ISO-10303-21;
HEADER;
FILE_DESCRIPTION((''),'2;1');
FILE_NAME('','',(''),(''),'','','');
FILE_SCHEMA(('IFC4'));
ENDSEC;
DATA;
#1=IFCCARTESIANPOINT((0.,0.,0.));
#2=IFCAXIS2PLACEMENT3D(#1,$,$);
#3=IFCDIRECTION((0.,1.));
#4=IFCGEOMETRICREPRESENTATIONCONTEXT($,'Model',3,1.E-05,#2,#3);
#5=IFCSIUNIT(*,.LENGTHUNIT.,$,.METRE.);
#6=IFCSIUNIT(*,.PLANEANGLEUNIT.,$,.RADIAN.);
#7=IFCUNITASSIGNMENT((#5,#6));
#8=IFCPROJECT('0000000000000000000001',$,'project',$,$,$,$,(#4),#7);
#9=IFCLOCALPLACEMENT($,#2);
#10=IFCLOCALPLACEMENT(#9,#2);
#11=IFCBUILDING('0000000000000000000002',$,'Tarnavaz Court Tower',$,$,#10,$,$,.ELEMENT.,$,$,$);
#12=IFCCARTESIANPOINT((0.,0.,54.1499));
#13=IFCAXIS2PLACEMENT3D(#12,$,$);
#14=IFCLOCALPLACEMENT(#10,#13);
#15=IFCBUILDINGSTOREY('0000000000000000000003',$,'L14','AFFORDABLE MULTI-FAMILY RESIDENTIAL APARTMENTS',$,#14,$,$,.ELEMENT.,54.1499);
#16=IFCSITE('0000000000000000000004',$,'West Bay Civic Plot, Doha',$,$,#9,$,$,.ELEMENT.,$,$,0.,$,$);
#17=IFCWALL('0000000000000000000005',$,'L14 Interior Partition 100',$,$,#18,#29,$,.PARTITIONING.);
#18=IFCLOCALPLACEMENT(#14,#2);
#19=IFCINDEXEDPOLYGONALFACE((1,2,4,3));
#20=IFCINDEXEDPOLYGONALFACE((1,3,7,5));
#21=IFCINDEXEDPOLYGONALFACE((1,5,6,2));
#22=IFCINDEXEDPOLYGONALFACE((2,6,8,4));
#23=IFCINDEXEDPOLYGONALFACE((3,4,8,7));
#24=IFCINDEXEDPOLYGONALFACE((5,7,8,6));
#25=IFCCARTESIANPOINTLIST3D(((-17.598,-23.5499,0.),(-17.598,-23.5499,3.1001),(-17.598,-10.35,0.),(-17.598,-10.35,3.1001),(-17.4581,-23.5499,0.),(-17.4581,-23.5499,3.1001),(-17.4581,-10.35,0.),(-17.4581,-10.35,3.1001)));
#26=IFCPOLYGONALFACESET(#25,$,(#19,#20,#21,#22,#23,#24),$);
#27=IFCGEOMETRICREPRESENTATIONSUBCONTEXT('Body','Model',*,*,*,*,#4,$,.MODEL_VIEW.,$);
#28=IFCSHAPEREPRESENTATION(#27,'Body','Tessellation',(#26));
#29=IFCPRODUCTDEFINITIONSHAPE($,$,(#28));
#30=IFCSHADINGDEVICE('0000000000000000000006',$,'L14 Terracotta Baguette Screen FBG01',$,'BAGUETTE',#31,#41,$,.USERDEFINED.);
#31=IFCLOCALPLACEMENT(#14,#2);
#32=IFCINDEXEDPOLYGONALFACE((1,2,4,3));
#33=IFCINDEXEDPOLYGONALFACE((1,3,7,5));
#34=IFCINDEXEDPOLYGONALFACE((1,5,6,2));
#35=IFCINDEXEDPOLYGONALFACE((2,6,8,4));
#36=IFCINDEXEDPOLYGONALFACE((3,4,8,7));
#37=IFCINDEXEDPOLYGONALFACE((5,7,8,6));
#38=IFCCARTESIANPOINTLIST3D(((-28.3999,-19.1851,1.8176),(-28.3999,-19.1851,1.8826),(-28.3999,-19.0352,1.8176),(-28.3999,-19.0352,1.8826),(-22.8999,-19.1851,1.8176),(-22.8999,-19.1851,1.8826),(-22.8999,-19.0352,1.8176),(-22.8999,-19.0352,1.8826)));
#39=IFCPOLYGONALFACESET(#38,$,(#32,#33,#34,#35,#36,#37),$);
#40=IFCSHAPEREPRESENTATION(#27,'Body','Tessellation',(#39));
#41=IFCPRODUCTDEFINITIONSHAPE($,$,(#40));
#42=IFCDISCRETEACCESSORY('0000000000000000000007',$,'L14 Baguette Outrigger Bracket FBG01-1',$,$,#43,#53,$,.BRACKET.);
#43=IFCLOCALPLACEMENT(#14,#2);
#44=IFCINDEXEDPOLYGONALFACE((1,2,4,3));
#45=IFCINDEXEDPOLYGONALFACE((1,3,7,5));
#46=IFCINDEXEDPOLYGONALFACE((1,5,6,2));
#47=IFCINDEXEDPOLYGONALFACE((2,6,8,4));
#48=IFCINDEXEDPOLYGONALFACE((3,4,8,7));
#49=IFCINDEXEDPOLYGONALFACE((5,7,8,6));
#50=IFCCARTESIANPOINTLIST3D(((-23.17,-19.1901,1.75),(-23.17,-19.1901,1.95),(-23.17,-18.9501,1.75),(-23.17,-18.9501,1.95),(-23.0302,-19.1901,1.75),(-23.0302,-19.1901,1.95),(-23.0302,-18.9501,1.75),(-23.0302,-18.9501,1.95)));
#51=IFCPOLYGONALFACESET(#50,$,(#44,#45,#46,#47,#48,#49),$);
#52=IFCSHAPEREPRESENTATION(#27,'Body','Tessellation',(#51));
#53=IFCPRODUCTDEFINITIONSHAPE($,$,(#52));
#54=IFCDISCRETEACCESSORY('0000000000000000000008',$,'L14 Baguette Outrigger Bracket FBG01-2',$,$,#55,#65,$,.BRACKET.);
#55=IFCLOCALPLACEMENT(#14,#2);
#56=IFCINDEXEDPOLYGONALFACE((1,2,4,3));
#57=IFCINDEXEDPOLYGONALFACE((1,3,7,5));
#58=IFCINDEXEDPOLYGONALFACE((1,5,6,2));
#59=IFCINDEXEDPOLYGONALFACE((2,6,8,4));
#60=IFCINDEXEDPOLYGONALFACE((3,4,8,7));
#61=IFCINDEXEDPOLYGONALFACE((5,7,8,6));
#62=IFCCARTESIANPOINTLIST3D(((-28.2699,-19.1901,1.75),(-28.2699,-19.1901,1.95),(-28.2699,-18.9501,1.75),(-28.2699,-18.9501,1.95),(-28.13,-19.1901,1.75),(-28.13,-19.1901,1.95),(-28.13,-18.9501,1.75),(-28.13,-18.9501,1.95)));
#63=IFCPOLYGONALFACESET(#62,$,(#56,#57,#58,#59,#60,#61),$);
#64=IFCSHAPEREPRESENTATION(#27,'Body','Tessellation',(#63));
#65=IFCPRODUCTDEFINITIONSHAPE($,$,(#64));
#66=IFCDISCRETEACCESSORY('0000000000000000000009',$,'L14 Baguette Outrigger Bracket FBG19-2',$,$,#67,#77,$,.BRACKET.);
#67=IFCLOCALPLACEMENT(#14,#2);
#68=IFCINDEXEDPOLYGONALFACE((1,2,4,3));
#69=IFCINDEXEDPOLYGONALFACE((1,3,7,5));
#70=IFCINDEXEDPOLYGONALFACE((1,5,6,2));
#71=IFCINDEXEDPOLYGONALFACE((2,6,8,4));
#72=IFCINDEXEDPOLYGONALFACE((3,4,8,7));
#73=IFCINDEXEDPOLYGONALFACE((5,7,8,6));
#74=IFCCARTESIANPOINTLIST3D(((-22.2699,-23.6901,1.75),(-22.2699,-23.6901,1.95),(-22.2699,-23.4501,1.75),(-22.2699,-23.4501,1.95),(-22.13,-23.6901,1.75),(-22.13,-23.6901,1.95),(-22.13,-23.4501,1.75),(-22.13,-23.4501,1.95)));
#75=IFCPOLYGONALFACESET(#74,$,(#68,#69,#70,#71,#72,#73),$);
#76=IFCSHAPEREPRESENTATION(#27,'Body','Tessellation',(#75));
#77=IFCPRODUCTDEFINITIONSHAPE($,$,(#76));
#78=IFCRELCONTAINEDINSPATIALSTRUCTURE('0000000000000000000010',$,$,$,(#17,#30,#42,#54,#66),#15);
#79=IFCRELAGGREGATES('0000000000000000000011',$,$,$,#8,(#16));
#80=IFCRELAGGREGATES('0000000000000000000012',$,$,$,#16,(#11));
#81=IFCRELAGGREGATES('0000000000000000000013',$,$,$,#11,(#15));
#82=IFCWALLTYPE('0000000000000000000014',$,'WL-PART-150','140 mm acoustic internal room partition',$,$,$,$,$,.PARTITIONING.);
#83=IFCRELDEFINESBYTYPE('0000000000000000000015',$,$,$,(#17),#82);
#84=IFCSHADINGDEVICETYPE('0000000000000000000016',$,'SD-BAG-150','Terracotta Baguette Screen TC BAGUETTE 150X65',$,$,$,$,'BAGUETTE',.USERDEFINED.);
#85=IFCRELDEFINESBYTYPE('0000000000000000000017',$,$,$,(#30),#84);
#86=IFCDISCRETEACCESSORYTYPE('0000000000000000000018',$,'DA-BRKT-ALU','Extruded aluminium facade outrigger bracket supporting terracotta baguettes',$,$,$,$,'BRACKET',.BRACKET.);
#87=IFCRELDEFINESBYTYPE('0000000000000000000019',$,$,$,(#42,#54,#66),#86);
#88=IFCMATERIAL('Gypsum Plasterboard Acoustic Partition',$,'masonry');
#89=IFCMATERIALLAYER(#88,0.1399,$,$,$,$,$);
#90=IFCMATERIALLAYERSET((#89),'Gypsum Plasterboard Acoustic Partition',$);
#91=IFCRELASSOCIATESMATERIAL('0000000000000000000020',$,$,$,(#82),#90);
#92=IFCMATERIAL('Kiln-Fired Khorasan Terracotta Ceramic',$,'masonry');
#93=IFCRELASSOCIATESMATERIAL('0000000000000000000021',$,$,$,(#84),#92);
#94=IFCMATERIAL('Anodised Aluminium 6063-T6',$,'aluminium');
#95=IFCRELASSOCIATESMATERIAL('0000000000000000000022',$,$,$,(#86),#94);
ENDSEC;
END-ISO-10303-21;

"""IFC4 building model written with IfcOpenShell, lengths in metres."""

from ifc_helpers import new_model, si_unit, direction, frame, frame_2d, origin, origin_2d, place, context, subcontext, project, spatial, rectangle, extrude, material, layer, layer_set, material_profile, profile_set, type_object, element, save


model = new_model("IFC4")

# Units and contexts
model_context = context("Model", 3, precision=1e-05, world=origin(), true_north=direction((0.0, 1.0)))
body_context = subcontext(model_context, "Body", "Model", "MODEL_VIEW")
ifc_project = project(units=[si_unit("LENGTHUNIT", "METRE"), si_unit("PLANEANGLEUNIT", "RADIAN")], contexts=[model_context])

# Site, building, storey
site_placement = place(None, origin())
site = spatial("IfcSite", under=ifc_project, at=site_placement, Name="West Bay Civic Plot, Doha", CompositionType="ELEMENT", RefElevation=0.0)
building_placement = place(site_placement, origin())
building = spatial("IfcBuilding", under=site, at=building_placement, Name="Tarnavaz Court Tower", CompositionType="ELEMENT")
storey_placement = place(building_placement, frame((0.0, 0.0, 54.1499)))
storey = spatial("IfcBuildingStorey", under=building, at=storey_placement, Name="L14", Description="AFFORDABLE MULTI-FAMILY RESIDENTIAL APARTMENTS", CompositionType="ELEMENT", Elevation=54.1499)

# Wall
ifc_material_1 = material(Name="Gypsum Plasterboard Acoustic Partition", Category="masonry")
ifc_layer_1 = layer(ifc_material_1, 0.1399)
ifc_layer_set_1 = layer_set([ifc_layer_1], Name="Gypsum Plasterboard Acoustic Partition")
wall_type_1 = type_object("IfcWallType", Name="WL-PART-150", Description="140 mm acoustic internal room partition", PredefinedType="PARTITIONING", material=ifc_layer_set_1)
wall_1_placement = place(storey_placement, frame((-17.5281, -23.55, 0.0), z_axis=(0.0, 0.0, 1.0), x_axis=(0.0, 1.0, 0.0)))
element("IfcWall", 1, at=wall_1_placement, inside=storey, type_object=wall_type_1, Name="L14 Interior Partition 100", PredefinedType="PARTITIONING", context=body_context, shape_type="SweptSolid", body=[
    extrude(rectangle(XDim=13.2, YDim=0.1399, at=frame_2d((6.6001, 0.0))), origin(), (0.0, 0.0, 1.0), 3.1001),
])

# Shading device
ifc_material_2 = material(Name="Kiln-Fired Khorasan Terracotta Ceramic", Category="masonry")
ifc_material_profile_1 = material_profile(ifc_material_2, rectangle(XDim=0.1499, YDim=0.0649, at=origin_2d()), Name="TC BAGUETTE 150X65")
ifc_profile_set_1 = profile_set([ifc_material_profile_1], Name="Kiln-Fired Khorasan Terracotta Ceramic")
shading_device_type = type_object("IfcShadingDeviceType", Name="SD-BAG-150", Description="Terracotta Baguette Screen TC BAGUETTE 150X65", ElementType="BAGUETTE", PredefinedType="USERDEFINED", material=ifc_profile_set_1)
shading_device_placement = place(storey_placement, frame((-22.8999, -19.1101, 1.8501), z_axis=(-1.0, 0.0, 0.0), x_axis=(0.0, -1.0, 0.0)))
element("IfcShadingDevice", 2, at=shading_device_placement, inside=storey, type_object=shading_device_type, Name="L14 Terracotta Baguette Screen FBG01", ObjectType="BAGUETTE", PredefinedType="USERDEFINED", context=body_context, shape_type="SweptSolid", body=[
    extrude(rectangle(XDim=0.1499, YDim=0.0649, at=origin_2d()), origin(), (0.0, 0.0, 1.0), 5.5),
])

# Discrete accessories
ifc_material_3 = material(Name="Anodised Aluminium 6063-T6", Category="aluminium")
discrete_accessory_type = type_object("IfcDiscreteAccessoryType", Name="DA-BRKT-ALU", Description="Extruded aluminium facade outrigger bracket supporting terracotta baguettes", ElementType="BRACKET", PredefinedType="BRACKET", material=ifc_material_3)
for number, where, z_axis, x_axis, name in (
    (3, (-23.1001, -19.0701, 1.75), (0.0, 0.0, 1.0), (-1.0, 0.0, 0.0), "L14 Baguette Outrigger Bracket FBG01-1"),
    (4, (-28.2, -19.0701, 1.75), (0.0, 0.0, 1.0), (-1.0, 0.0, 0.0), "L14 Baguette Outrigger Bracket FBG01-2"),
    (5, (-22.2, -23.5701, 1.75), (0.0, 0.0, 1.0), (-1.0, 0.0, 0.0), "L14 Baguette Outrigger Bracket FBG19-2"),
):
    element("IfcDiscreteAccessory", number, at=place(storey_placement, frame(where, z_axis=z_axis, x_axis=x_axis)), inside=storey, type_object=discrete_accessory_type, Name=name, PredefinedType="BRACKET", context=body_context, shape_type="SweptSolid", body=[
        extrude(rectangle(XDim=0.1399, YDim=0.24, at=origin_2d()), origin(), (0.0, 0.0, 1.0), 0.2),
    ])

save(model, "model.ifc")
